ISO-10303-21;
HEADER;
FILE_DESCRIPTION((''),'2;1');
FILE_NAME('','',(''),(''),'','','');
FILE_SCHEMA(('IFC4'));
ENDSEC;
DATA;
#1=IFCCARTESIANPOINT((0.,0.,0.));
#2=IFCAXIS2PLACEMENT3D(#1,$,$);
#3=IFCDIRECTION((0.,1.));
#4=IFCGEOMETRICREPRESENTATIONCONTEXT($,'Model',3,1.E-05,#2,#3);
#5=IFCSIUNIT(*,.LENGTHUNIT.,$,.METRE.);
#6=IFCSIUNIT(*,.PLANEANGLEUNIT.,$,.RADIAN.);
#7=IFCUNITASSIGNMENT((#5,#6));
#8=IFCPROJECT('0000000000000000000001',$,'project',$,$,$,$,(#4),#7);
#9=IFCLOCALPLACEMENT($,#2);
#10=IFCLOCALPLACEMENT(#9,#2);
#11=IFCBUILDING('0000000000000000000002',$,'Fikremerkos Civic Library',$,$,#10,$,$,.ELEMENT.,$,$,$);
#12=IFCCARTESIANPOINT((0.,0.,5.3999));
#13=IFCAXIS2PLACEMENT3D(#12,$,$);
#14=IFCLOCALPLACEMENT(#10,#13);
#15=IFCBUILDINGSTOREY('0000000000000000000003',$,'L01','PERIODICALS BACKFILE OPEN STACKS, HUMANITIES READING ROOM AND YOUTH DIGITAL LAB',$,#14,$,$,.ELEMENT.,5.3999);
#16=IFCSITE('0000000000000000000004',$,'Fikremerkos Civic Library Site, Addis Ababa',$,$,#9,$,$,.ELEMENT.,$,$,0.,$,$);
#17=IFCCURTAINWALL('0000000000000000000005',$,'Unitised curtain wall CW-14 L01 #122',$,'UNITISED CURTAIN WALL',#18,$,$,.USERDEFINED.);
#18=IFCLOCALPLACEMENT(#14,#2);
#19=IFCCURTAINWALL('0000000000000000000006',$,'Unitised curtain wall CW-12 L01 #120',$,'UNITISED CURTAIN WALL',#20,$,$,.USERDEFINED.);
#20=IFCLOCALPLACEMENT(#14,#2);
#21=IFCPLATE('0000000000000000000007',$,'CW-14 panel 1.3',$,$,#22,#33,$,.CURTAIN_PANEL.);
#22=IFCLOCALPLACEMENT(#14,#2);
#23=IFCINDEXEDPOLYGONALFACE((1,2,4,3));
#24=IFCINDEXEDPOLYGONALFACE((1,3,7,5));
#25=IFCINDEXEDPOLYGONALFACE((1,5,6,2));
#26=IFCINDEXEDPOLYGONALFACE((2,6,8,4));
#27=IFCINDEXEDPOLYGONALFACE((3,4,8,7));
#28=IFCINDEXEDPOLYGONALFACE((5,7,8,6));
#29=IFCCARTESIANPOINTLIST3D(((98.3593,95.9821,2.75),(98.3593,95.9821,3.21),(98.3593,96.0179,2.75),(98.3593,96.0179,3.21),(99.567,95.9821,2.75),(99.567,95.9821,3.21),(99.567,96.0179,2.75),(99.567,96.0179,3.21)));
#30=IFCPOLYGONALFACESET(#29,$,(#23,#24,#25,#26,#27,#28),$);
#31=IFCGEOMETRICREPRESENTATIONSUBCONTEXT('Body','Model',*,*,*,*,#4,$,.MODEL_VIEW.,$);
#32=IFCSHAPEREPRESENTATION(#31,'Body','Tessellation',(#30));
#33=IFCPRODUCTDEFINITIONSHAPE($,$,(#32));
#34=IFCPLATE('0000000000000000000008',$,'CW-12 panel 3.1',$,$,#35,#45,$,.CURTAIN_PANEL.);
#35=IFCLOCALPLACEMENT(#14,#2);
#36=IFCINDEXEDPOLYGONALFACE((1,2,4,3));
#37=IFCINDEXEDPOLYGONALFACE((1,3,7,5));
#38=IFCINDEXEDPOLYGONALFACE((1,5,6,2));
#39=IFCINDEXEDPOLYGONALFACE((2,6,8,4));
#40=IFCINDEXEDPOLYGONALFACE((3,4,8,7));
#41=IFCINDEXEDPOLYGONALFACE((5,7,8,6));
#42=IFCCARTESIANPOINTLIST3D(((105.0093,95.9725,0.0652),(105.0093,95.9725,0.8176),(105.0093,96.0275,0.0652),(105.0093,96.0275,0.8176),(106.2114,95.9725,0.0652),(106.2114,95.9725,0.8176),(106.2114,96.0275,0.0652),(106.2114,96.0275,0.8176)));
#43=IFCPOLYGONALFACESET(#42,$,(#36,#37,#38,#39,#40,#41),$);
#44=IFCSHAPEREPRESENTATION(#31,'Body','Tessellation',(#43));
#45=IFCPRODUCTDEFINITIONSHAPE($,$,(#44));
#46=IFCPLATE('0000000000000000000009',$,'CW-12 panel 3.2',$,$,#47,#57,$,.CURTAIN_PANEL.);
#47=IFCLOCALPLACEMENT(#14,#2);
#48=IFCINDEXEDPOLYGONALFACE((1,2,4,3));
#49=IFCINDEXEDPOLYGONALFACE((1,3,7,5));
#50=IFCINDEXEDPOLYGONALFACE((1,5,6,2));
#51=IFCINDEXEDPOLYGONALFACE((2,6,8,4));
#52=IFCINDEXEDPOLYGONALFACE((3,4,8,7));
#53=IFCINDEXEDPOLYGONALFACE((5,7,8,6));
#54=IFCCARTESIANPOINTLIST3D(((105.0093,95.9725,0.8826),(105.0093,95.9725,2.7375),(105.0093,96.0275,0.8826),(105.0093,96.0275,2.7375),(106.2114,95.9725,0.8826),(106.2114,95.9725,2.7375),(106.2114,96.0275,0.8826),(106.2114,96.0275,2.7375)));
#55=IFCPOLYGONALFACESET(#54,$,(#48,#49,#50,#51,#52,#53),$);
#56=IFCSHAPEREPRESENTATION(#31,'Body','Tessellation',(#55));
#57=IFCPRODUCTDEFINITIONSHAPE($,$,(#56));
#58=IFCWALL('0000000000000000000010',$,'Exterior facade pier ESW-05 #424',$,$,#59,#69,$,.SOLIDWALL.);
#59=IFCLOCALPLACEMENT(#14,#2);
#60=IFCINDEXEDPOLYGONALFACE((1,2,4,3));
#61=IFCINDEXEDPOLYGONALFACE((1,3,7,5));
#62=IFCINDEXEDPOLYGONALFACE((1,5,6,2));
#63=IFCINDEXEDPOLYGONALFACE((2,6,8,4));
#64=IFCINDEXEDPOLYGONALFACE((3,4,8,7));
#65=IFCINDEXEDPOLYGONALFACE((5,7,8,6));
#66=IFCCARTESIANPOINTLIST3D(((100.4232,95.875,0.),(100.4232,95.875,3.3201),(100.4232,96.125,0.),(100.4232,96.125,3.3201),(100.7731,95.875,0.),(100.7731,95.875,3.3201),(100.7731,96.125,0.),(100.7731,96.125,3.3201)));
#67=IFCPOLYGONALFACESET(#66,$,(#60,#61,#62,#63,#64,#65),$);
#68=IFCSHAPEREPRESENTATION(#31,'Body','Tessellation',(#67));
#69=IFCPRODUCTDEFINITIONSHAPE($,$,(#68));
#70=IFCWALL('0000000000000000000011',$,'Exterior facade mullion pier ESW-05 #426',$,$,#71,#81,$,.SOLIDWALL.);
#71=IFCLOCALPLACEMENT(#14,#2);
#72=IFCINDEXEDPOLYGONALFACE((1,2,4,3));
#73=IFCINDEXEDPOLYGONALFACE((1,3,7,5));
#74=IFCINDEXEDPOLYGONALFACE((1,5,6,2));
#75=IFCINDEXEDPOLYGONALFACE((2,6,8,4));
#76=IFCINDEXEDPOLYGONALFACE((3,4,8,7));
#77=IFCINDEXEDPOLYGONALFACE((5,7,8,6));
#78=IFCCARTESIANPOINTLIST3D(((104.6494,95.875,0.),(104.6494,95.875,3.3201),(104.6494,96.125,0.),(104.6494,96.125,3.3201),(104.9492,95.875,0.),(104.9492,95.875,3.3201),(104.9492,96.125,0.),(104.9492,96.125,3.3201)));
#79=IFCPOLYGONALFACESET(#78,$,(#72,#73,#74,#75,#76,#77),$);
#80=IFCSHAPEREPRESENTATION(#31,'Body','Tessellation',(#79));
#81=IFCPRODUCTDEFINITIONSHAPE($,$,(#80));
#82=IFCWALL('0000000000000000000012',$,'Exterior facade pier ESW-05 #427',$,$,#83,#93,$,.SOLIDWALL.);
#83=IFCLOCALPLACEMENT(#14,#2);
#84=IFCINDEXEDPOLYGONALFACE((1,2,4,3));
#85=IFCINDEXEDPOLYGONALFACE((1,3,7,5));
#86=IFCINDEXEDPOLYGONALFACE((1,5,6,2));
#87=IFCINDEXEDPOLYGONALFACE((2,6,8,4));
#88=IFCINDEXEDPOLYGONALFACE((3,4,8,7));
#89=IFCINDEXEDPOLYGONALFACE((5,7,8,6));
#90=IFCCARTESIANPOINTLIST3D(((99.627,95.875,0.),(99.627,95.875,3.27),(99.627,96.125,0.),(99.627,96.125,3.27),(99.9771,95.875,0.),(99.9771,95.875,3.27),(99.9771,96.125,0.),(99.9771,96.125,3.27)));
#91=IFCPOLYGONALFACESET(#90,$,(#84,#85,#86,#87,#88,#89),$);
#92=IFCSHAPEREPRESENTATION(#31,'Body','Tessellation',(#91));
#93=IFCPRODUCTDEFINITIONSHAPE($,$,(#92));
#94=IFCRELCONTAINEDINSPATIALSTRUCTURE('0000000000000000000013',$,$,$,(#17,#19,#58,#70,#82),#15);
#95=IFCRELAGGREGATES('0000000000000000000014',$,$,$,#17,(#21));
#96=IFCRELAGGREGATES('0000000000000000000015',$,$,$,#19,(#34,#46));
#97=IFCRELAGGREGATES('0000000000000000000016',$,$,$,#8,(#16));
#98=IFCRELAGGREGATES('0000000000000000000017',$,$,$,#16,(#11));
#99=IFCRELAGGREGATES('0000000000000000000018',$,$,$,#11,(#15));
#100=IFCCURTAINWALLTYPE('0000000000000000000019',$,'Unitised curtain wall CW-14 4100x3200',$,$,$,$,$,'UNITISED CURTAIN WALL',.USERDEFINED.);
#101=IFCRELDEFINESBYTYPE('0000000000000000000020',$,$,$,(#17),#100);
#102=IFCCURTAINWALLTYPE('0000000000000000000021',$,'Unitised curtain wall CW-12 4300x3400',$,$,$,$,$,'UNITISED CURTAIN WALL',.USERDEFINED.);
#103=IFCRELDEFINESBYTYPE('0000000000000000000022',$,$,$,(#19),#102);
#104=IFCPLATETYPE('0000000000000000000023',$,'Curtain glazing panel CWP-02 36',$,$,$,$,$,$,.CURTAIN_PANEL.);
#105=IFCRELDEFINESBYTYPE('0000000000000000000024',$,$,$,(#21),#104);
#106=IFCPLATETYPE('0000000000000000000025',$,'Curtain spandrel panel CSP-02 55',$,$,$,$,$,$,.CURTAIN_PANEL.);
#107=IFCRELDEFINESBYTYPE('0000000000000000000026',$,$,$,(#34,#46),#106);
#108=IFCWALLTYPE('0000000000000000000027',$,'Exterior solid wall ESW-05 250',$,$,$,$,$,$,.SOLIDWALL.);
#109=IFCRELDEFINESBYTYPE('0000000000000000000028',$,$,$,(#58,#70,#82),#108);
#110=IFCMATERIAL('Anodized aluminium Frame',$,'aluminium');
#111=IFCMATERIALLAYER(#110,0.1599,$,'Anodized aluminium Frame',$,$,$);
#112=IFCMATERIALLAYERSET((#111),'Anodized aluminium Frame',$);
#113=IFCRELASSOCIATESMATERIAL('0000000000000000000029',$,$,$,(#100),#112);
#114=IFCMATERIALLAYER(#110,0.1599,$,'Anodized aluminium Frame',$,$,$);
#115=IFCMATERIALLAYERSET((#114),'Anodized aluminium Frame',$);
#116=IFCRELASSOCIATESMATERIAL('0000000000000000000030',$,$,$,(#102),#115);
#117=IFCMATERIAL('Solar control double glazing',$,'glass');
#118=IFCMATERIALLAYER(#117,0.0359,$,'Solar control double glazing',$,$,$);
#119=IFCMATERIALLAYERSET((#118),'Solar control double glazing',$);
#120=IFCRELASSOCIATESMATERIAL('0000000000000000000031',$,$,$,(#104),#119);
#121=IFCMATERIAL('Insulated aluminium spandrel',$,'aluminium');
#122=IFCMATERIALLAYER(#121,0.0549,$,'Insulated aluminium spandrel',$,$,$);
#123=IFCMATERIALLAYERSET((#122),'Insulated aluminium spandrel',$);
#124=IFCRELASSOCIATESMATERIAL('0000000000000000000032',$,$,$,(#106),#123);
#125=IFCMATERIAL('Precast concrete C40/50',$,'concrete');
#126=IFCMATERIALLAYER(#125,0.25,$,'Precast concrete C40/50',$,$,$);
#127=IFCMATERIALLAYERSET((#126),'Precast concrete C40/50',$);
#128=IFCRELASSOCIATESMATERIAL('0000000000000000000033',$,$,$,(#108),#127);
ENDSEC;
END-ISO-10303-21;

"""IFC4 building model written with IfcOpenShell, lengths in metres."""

from ifc_helpers import new_model, si_unit, direction, frame, frame_2d, origin, origin_2d, place, context, subcontext, project, spatial, rectangle, extrude, material, layer, layer_set, type_object, element, aggregate, save


model = new_model("IFC4")

# Units and contexts
model_context = context("Model", 3, precision=1e-05, world=origin(), true_north=direction((0.0, 1.0)))
body_context = subcontext(model_context, "Body", "Model", "MODEL_VIEW")
ifc_project = project(units=[si_unit("LENGTHUNIT", "METRE"), si_unit("PLANEANGLEUNIT", "RADIAN")], contexts=[model_context])

# Site, building, storey
site_placement = place(None, origin())
site = spatial("IfcSite", under=ifc_project, at=site_placement, Name="Fikremerkos Civic Library Site, Addis Ababa", CompositionType="ELEMENT", RefElevation=0.0)
building_placement = place(site_placement, origin())
building = spatial("IfcBuilding", under=site, at=building_placement, Name="Fikremerkos Civic Library", CompositionType="ELEMENT")
storey_placement = place(building_placement, frame((0.0, 0.0, 5.3999)))
storey = spatial("IfcBuildingStorey", under=building, at=storey_placement, Name="L01", Description="PERIODICALS BACKFILE OPEN STACKS, HUMANITIES READING ROOM AND YOUTH DIGITAL LAB", CompositionType="ELEMENT", Elevation=5.3999)

# Shared definitions
ifc_material_1 = material(Name="Anodized aluminium Frame", Category="aluminium")

# Curtain walls
ifc_layer_1 = layer(ifc_material_1, 0.1599, Name="Anodized aluminium Frame")
ifc_layer_set_1 = layer_set([ifc_layer_1], Name="Anodized aluminium Frame")
curtain_wall_type_1 = type_object("IfcCurtainWallType", Name="Unitised curtain wall CW-14 4100x3200", ElementType="UNITISED CURTAIN WALL", PredefinedType="USERDEFINED", material=ifc_layer_set_1)
curtain_wall_1_placement = place(storey_placement, origin())
curtain_wall_1 = element("IfcCurtainWall", 1, at=curtain_wall_1_placement, inside=storey, type_object=curtain_wall_type_1, Name="Unitised curtain wall CW-14 L01 #122", ObjectType="UNITISED CURTAIN WALL", PredefinedType="USERDEFINED")
ifc_layer_2 = layer(ifc_material_1, 0.1599, Name="Anodized aluminium Frame")
ifc_layer_set_2 = layer_set([ifc_layer_2], Name="Anodized aluminium Frame")
curtain_wall_type_2 = type_object("IfcCurtainWallType", Name="Unitised curtain wall CW-12 4300x3400", ElementType="UNITISED CURTAIN WALL", PredefinedType="USERDEFINED", material=ifc_layer_set_2)
curtain_wall_2_placement = place(storey_placement, origin())
curtain_wall_2 = element("IfcCurtainWall", 2, at=curtain_wall_2_placement, inside=storey, type_object=curtain_wall_type_2, Name="Unitised curtain wall CW-12 L01 #120", ObjectType="UNITISED CURTAIN WALL", PredefinedType="USERDEFINED")

# Plates
ifc_material_2 = material(Name="Solar control double glazing", Category="glass")
ifc_layer_3 = layer(ifc_material_2, 0.0359, Name="Solar control double glazing")
ifc_layer_set_3 = layer_set([ifc_layer_3], Name="Solar control double glazing")
plate_type_1 = type_object("IfcPlateType", Name="Curtain glazing panel CWP-02 36", PredefinedType="CURTAIN_PANEL", material=ifc_layer_set_3)
plate_1_placement = place(storey_placement, frame((98.9631, 96.0, 2.75), z_axis=(0.0, 0.0, 1.0), x_axis=(-1.0, 0.0, 0.0)))
plate_1 = element("IfcPlate", 3, at=plate_1_placement, type_object=plate_type_1, Name="CW-14 panel 1.3", PredefinedType="CURTAIN_PANEL", context=body_context, shape_type="SweptSolid", body=[
    extrude(rectangle(XDim=1.2078, YDim=0.0359, at=origin_2d()), origin(), (0.0, 0.0, 1.0), 0.46),
])
aggregate(curtain_wall_1, [plate_1])
ifc_material_3 = material(Name="Insulated aluminium spandrel", Category="aluminium")
ifc_layer_4 = layer(ifc_material_3, 0.0549, Name="Insulated aluminium spandrel")
ifc_layer_set_4 = layer_set([ifc_layer_4], Name="Insulated aluminium spandrel")
plate_type_2 = type_object("IfcPlateType", Name="Curtain spandrel panel CSP-02 55", PredefinedType="CURTAIN_PANEL", material=ifc_layer_set_4)
plate_2_placement = place(storey_placement, frame((105.6104, 96.0, 0.0652), z_axis=(0.0, 0.0, 1.0), x_axis=(-1.0, 0.0, 0.0)))
plate_2 = element("IfcPlate", 4, at=plate_2_placement, type_object=plate_type_2, Name="CW-12 panel 3.1", PredefinedType="CURTAIN_PANEL", context=body_context, shape_type="SweptSolid", body=[
    extrude(rectangle(XDim=1.2021, YDim=0.0549, at=origin_2d()), origin(), (0.0, 0.0, 1.0), 0.7524),
])
plate_3_placement = place(storey_placement, frame((105.6104, 96.0, 0.8826), z_axis=(0.0, 0.0, 1.0), x_axis=(-1.0, 0.0, 0.0)))
plate_3 = element("IfcPlate", 5, at=plate_3_placement, type_object=plate_type_2, Name="CW-12 panel 3.2", PredefinedType="CURTAIN_PANEL", context=body_context, shape_type="SweptSolid", body=[
    extrude(rectangle(XDim=1.2021, YDim=0.0549, at=origin_2d()), origin(), (0.0, 0.0, 1.0), 1.855),
])
aggregate(curtain_wall_2, [plate_2, plate_3])

# Walls
ifc_material_4 = material(Name="Precast concrete C40/50", Category="concrete")
ifc_layer_5 = layer(ifc_material_4, 0.25, Name="Precast concrete C40/50")
ifc_layer_set_5 = layer_set([ifc_layer_5], Name="Precast concrete C40/50")
wall_type = type_object("IfcWallType", Name="Exterior solid wall ESW-05 250", PredefinedType="SOLIDWALL", material=ifc_layer_set_5)
wall_1_placement = place(storey_placement, frame((100.7729, 96.0, 0.0), z_axis=(0.0, 0.0, 1.0), x_axis=(-1.0, 0.0, 0.0)))
element("IfcWall", 6, at=wall_1_placement, inside=storey, type_object=wall_type, Name="Exterior facade pier ESW-05 #424", PredefinedType="SOLIDWALL", context=body_context, shape_type="SweptSolid", body=[
    extrude(rectangle(XDim=0.3499, YDim=0.25, at=frame_2d((0.1748, 0.0))), origin(), (0.0, 0.0, 1.0), 3.3201),
])
wall_2_placement = place(storey_placement, frame((104.9492, 96.0, 0.0), z_axis=(0.0, 0.0, 1.0), x_axis=(-1.0, 0.0, 0.0)))
element("IfcWall", 7, at=wall_2_placement, inside=storey, type_object=wall_type, Name="Exterior facade mullion pier ESW-05 #426", PredefinedType="SOLIDWALL", context=body_context, shape_type="SweptSolid", body=[
    extrude(rectangle(XDim=0.2998, YDim=0.25, at=frame_2d((0.1499, 0.0))), origin(), (0.0, 0.0, 1.0), 3.3201),
])
wall_3_placement = place(storey_placement, frame((99.9771, 96.0, 0.0), z_axis=(0.0, 0.0, 1.0), x_axis=(-1.0, 0.0, 0.0)))
element("IfcWall", 8, at=wall_3_placement, inside=storey, type_object=wall_type, Name="Exterior facade pier ESW-05 #427", PredefinedType="SOLIDWALL", context=body_context, shape_type="SweptSolid", body=[
    extrude(rectangle(XDim=0.3501, YDim=0.25, at=frame_2d((0.175, 0.0))), origin(), (0.0, 0.0, 1.0), 3.27),
])

save(model, "model.ifc")
